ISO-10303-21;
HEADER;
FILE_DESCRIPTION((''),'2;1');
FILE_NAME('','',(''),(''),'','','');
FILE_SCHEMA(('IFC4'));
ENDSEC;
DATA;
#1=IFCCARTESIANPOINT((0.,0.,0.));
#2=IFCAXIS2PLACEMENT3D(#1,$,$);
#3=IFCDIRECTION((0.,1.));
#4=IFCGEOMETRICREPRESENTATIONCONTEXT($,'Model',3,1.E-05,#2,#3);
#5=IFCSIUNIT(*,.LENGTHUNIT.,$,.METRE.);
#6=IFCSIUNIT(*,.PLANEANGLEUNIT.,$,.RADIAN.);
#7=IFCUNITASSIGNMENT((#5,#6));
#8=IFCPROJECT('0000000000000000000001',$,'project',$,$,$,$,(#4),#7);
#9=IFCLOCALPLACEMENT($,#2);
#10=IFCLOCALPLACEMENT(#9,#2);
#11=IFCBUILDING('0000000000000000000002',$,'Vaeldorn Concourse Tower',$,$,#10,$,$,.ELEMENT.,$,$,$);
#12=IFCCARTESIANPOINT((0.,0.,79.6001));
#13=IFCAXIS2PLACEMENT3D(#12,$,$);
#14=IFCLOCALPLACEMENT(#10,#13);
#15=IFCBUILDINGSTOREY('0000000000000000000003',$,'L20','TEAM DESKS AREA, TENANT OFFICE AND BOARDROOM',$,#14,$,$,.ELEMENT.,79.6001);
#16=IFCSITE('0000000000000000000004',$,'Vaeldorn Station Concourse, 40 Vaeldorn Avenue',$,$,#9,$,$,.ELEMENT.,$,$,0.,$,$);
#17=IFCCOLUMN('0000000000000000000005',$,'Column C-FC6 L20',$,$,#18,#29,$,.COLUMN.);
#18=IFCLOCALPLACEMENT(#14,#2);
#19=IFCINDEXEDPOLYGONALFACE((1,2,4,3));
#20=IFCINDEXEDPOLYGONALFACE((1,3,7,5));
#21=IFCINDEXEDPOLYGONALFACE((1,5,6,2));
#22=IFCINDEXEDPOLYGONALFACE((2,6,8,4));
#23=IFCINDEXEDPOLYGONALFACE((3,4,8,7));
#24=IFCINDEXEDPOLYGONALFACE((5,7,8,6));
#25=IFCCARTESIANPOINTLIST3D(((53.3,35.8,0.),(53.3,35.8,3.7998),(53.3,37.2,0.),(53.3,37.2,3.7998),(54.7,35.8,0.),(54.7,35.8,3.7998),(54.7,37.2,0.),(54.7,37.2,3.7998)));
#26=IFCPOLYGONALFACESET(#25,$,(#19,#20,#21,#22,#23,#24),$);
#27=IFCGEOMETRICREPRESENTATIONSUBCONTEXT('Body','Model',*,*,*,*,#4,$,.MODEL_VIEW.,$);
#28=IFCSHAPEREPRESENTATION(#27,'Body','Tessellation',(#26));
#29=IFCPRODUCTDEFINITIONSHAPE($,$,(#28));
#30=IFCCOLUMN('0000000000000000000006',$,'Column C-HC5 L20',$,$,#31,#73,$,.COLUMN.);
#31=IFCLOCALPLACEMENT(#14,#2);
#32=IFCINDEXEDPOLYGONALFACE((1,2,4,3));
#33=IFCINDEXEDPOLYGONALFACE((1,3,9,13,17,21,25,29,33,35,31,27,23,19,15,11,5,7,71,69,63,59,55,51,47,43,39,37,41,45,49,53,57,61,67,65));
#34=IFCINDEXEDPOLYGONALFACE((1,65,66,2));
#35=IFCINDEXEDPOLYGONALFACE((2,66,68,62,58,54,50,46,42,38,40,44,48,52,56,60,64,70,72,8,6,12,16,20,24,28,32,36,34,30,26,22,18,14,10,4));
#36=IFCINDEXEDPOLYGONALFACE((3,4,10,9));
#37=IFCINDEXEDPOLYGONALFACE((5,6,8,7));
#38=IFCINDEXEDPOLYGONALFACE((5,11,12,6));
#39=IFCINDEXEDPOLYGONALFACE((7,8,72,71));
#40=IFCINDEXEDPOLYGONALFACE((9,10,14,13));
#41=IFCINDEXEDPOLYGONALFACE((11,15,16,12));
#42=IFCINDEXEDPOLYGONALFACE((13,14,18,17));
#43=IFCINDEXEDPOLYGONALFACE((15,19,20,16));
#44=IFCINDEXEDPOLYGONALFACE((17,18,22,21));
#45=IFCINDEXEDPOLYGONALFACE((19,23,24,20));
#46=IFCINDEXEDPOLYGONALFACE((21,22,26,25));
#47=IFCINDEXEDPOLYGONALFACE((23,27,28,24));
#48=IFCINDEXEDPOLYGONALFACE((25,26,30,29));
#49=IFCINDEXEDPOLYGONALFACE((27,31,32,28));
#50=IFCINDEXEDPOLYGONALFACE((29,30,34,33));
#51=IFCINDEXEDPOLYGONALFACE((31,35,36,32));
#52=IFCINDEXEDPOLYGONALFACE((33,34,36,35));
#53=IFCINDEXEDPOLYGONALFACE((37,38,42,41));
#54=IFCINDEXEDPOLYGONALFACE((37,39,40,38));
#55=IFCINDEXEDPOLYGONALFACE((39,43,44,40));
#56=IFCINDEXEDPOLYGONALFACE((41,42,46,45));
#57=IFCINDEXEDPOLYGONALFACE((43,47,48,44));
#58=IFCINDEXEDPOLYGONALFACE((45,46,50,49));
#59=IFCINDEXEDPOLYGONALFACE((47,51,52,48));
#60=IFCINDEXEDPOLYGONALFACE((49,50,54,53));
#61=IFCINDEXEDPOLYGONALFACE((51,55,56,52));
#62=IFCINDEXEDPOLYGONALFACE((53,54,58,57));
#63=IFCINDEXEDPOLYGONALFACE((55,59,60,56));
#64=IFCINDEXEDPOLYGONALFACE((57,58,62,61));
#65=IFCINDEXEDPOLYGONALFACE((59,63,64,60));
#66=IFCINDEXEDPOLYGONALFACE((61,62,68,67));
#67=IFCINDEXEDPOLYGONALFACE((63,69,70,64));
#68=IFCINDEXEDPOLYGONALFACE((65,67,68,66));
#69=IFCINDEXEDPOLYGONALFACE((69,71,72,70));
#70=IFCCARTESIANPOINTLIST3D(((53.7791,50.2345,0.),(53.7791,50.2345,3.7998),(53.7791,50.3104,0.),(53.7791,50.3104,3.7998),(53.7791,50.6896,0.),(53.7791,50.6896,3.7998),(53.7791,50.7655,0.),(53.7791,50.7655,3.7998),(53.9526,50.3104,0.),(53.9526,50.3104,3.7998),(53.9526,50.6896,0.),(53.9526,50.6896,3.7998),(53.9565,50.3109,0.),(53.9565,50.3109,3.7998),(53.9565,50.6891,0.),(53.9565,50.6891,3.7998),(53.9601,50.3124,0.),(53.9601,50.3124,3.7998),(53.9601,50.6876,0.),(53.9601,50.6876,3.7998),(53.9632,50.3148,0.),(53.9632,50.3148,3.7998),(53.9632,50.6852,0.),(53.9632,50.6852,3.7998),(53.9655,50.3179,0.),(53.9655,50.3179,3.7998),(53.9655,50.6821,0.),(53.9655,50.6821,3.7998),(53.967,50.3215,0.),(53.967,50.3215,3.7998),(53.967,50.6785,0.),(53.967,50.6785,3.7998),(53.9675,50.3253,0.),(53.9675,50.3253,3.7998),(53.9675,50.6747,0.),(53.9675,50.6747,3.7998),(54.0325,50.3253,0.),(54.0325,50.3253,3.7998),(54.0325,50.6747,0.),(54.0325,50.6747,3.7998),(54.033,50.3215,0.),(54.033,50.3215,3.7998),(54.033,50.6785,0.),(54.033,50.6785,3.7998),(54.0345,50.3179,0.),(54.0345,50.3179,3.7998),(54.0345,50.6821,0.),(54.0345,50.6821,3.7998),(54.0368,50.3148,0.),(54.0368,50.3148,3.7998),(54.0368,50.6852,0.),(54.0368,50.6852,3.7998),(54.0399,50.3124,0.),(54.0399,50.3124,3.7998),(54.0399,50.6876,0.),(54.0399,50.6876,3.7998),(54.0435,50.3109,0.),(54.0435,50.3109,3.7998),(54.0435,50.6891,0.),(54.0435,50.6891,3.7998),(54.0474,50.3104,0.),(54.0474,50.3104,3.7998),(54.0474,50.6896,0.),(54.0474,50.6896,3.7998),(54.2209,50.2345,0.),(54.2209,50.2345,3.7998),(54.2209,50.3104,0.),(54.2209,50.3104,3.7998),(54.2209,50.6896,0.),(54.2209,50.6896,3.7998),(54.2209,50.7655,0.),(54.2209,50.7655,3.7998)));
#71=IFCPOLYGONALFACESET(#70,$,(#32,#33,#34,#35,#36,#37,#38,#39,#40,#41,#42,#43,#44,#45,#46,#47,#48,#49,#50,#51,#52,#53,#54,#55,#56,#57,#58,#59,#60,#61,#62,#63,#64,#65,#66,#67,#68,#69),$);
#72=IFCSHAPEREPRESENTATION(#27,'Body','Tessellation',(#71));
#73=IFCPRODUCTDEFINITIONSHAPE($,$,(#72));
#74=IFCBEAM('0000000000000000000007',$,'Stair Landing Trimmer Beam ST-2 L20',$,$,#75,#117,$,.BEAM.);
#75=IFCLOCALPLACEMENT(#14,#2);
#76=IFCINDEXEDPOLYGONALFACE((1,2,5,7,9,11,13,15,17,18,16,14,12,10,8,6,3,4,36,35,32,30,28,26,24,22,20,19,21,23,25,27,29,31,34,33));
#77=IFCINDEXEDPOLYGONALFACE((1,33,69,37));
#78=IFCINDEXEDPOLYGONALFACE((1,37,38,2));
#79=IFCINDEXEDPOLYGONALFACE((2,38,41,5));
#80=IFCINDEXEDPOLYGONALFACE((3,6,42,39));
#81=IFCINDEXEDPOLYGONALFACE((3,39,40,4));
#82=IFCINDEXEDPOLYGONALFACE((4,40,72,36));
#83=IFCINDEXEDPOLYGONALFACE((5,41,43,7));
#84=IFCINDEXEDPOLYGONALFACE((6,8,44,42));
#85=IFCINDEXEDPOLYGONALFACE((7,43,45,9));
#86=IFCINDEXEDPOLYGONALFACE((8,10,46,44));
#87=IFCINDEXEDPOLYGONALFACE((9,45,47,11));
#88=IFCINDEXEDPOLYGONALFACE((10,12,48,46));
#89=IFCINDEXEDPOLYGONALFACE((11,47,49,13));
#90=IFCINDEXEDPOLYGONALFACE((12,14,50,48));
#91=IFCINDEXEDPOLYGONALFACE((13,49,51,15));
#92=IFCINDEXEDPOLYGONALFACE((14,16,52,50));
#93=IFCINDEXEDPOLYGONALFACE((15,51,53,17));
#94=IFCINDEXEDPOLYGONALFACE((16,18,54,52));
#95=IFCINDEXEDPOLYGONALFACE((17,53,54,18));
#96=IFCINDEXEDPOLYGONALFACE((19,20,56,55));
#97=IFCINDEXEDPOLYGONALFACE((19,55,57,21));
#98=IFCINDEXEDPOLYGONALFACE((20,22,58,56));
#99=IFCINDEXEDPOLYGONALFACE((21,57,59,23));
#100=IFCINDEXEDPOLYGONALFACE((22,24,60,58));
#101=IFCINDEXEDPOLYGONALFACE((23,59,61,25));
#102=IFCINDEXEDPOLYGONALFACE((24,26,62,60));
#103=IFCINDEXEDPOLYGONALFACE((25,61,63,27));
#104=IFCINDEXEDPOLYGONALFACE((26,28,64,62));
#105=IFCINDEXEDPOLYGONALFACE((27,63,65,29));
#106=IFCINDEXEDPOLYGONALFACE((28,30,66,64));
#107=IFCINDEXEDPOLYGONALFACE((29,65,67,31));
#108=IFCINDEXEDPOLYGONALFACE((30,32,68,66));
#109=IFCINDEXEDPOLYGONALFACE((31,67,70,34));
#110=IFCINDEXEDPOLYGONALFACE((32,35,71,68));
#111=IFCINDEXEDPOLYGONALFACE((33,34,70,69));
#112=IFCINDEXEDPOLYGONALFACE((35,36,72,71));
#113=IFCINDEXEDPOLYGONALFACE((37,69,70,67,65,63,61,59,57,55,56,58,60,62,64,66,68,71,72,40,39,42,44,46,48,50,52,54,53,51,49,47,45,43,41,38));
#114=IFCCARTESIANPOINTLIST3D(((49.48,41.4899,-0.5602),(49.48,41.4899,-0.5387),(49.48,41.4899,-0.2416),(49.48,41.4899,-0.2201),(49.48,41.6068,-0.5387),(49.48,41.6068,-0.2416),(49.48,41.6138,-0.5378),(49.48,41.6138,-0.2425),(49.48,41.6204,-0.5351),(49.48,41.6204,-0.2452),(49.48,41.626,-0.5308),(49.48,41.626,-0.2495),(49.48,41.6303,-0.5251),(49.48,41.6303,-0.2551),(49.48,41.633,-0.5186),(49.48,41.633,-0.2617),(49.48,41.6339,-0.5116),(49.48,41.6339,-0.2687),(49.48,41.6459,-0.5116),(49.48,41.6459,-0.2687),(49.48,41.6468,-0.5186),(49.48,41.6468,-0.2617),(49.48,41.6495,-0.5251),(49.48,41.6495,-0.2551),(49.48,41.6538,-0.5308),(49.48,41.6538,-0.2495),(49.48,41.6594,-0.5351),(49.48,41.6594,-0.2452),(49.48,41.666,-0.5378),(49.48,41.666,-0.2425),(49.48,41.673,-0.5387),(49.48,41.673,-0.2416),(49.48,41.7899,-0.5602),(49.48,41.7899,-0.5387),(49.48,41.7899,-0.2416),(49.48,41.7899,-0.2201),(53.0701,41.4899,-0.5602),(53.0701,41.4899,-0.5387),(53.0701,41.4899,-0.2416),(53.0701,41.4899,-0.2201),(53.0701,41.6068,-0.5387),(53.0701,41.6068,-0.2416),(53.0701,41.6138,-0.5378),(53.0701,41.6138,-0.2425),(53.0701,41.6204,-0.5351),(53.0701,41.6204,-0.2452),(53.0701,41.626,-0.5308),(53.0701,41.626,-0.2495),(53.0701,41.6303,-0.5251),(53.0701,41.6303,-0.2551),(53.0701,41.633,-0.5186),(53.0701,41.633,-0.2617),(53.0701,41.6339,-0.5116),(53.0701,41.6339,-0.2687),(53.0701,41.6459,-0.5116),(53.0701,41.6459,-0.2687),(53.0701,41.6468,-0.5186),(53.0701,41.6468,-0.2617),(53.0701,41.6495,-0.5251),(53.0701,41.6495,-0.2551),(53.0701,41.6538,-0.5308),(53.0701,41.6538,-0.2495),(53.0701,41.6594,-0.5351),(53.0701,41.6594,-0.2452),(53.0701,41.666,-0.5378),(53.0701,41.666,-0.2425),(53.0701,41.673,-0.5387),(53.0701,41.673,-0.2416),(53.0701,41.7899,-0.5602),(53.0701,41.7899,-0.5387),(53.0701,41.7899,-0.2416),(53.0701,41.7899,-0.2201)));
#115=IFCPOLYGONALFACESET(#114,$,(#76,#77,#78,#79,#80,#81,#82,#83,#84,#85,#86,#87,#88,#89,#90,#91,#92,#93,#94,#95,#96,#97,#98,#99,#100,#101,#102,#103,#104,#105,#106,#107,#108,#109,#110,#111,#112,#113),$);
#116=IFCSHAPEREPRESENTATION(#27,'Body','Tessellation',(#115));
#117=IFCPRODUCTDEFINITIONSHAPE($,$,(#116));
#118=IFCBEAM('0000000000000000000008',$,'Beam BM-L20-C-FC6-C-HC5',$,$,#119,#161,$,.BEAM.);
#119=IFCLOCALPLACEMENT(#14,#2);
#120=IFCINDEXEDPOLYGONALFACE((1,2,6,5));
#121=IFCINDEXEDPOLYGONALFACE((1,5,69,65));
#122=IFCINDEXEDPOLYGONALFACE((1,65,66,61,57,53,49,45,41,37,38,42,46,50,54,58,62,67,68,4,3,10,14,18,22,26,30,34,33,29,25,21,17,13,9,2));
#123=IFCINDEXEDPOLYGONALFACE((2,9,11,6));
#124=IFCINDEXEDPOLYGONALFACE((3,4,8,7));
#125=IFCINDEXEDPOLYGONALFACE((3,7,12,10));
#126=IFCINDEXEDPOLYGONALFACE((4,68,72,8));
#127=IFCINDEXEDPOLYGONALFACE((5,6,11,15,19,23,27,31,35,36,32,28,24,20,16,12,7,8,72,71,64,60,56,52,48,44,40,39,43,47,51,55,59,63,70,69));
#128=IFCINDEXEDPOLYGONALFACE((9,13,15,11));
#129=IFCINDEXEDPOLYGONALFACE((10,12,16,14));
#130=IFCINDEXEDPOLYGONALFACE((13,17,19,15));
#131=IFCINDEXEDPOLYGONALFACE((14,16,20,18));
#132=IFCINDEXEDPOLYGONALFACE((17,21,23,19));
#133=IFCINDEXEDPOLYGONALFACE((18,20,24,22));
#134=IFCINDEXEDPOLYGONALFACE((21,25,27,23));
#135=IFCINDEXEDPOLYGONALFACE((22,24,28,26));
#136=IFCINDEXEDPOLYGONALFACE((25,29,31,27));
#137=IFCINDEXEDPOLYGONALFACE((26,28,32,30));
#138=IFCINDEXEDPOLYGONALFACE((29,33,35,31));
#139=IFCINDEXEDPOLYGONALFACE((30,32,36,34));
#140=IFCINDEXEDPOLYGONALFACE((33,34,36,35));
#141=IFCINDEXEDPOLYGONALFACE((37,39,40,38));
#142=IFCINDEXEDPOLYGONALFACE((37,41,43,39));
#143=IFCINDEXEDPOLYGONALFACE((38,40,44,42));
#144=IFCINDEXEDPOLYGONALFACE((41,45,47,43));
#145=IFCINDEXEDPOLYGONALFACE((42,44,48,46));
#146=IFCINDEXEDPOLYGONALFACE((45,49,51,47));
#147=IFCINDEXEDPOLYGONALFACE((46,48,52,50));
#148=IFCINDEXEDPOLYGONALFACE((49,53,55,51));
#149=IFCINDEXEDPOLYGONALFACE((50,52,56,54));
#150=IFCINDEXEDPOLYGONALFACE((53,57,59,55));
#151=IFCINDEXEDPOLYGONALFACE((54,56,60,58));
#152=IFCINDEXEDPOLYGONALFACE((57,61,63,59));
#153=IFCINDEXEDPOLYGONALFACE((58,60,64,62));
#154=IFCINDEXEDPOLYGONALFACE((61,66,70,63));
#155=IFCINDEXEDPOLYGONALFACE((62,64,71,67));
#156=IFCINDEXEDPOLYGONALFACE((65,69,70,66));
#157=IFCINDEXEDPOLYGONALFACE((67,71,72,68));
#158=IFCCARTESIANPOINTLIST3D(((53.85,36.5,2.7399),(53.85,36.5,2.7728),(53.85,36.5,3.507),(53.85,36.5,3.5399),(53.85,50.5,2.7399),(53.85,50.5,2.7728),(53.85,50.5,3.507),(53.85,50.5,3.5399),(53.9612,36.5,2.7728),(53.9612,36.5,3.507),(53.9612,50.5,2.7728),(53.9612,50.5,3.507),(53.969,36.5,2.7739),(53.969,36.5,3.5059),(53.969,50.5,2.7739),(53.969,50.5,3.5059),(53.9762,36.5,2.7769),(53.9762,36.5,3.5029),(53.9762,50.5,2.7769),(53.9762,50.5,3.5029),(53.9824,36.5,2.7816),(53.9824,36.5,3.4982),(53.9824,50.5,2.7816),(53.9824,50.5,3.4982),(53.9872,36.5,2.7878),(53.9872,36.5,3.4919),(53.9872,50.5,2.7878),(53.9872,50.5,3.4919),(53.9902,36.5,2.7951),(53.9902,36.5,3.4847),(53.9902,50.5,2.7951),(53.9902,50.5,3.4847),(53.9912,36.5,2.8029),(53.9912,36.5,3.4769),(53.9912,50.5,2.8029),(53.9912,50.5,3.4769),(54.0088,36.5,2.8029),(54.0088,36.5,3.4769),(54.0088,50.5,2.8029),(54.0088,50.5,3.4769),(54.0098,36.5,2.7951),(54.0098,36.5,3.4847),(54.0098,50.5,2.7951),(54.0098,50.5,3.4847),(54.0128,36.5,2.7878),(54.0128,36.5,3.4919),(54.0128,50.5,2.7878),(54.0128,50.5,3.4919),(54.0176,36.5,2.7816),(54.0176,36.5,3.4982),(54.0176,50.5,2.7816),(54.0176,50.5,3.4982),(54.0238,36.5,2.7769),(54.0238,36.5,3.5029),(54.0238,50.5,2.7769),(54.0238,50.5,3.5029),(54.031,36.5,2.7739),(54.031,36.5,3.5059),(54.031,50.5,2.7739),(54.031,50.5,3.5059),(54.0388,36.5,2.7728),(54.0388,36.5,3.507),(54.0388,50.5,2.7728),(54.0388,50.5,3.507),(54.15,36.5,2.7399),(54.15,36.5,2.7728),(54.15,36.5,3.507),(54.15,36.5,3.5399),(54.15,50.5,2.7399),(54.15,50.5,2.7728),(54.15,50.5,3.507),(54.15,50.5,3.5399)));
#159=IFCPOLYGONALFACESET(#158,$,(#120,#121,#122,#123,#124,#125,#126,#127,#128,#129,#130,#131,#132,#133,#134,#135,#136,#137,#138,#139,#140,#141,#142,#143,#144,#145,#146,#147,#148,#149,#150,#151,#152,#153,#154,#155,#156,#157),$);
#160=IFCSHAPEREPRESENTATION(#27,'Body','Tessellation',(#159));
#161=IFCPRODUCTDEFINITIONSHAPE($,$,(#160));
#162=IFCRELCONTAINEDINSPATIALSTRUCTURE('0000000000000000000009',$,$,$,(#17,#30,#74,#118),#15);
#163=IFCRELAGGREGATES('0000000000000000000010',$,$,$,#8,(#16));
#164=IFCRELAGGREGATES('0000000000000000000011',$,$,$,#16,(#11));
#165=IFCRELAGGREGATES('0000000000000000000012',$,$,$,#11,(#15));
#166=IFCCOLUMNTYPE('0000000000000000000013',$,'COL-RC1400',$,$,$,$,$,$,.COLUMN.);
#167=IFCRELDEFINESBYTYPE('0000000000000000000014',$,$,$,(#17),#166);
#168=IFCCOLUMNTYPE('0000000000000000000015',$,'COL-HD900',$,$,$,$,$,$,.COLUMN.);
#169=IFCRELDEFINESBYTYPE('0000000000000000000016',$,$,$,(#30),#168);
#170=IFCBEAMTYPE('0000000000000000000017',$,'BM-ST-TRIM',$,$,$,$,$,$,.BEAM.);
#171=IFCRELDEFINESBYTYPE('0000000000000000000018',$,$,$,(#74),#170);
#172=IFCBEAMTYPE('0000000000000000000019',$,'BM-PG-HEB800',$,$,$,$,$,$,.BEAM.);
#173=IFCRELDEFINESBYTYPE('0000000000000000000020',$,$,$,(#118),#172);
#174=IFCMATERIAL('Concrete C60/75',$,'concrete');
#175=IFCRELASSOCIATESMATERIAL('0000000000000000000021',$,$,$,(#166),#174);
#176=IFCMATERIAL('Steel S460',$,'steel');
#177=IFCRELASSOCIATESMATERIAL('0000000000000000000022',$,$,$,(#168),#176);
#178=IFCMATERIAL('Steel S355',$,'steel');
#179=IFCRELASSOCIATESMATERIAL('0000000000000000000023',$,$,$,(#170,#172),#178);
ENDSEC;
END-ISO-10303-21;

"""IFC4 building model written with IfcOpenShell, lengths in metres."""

from ifc_helpers import new_model, si_unit, direction, frame, origin, origin_2d, place, context, subcontext, project, spatial, rectangle, i_section, extrude, source, transform, mapped, material, material_profile, profile_set, type_object, element, save


model = new_model("IFC4")

# Units and contexts
model_context = context("Model", 3, precision=1e-05, world=origin(), true_north=direction((0.0, 1.0)))
body_context = subcontext(model_context, "Body", "Model", "MODEL_VIEW")
ifc_project = project(units=[si_unit("LENGTHUNIT", "METRE"), si_unit("PLANEANGLEUNIT", "RADIAN")], contexts=[model_context])

# Site, building, storey
site_placement = place(None, origin())
site = spatial("IfcSite", under=ifc_project, at=site_placement, Name="Vaeldorn Station Concourse, 40 Vaeldorn Avenue", CompositionType="ELEMENT", RefElevation=0.0)
building_placement = place(site_placement, origin())
building = spatial("IfcBuilding", under=site, at=building_placement, Name="Vaeldorn Concourse Tower", CompositionType="ELEMENT")
storey_placement = place(building_placement, frame((0.0, 0.0, 79.6001)))
storey = spatial("IfcBuildingStorey", under=building, at=storey_placement, Name="L20", Description="TEAM DESKS AREA, TENANT OFFICE AND BOARDROOM", CompositionType="ELEMENT", Elevation=79.6001)

# Columns
ifc_material_1 = material(Name="Concrete C60/75", Category="concrete")
ifc_material_profile_1 = material_profile(ifc_material_1, rectangle(XDim=1.3999, YDim=1.3999, at=origin_2d()), Name="RC 1400x1400")
ifc_profile_set_1 = profile_set([ifc_material_profile_1], Name="Concrete C60/75")
column_type_1 = type_object("IfcColumnType", Name="COL-RC1400", PredefinedType="COLUMN", material=ifc_profile_set_1)
shared_shape_1 = source(origin(), body_context, "Body", "SweptSolid", [
    extrude(rectangle(XDim=1.3999, YDim=1.3999, at=origin_2d()), origin(), (0.0, 0.0, 1.0), 3.7998),
])
column_1_placement = place(storey_placement, frame((54.0, 36.5, 0.0), z_axis=(0.0, 0.0, 1.0), x_axis=(1.0, 0.0, 0.0)))
element("IfcColumn", 1, at=column_1_placement, inside=storey, type_object=column_type_1, Name="Column C-FC6 L20", PredefinedType="COLUMN", context=body_context, shape_type="MappedRepresentation", body=[
    mapped(shared_shape_1, transform((0.0, 0.0, 0.0), scale=1.0)),
])
ifc_material_2 = material(Name="Steel S460", Category="steel")
ifc_material_profile_2 = material_profile(ifc_material_2, i_section(OverallWidth=0.4419, OverallDepth=0.531, WebThickness=0.0649, FlangeThickness=0.0759, FilletRadius=0.0149, at=origin_2d()), Name="HD 400x900")
ifc_profile_set_2 = profile_set([ifc_material_profile_2], Name="Steel S460")
column_type_2 = type_object("IfcColumnType", Name="COL-HD900", PredefinedType="COLUMN", material=ifc_profile_set_2)
shared_shape_2 = source(origin(), body_context, "Body", "SweptSolid", [
    extrude(i_section(OverallWidth=0.4419, OverallDepth=0.531, WebThickness=0.0649, FlangeThickness=0.0759, FilletRadius=0.0149, at=origin_2d()), origin(), (0.0, 0.0, 1.0), 3.7998),
])
column_2_placement = place(storey_placement, frame((54.0, 50.5, 0.0), z_axis=(0.0, 0.0, 1.0), x_axis=(1.0, 0.0, 0.0)))
element("IfcColumn", 2, at=column_2_placement, inside=storey, type_object=column_type_2, Name="Column C-HC5 L20", PredefinedType="COLUMN", context=body_context, shape_type="MappedRepresentation", body=[
    mapped(shared_shape_2, transform((0.0, 0.0, 0.0), scale=1.0)),
])

# Beams
ifc_material_3 = material(Name="Steel S355", Category="steel")
ifc_material_profile_3 = material_profile(ifc_material_3, i_section(OverallWidth=0.3, OverallDepth=0.3401, WebThickness=0.012, FlangeThickness=0.0215, FilletRadius=0.0271, at=origin_2d()), Name="HEB 340")
ifc_profile_set_3 = profile_set([ifc_material_profile_3], Name="Steel S355")
beam_type_1 = type_object("IfcBeamType", Name="BM-ST-TRIM", PredefinedType="BEAM", material=ifc_profile_set_3)
shared_shape_3 = source(origin(), body_context, "Body", "SweptSolid", [
    extrude(i_section(OverallWidth=0.3, OverallDepth=0.3401, WebThickness=0.012, FlangeThickness=0.0215, FilletRadius=0.0271, at=origin_2d()), origin(), (0.0, 0.0, 1.0), 3.5901),
])
beam_1_placement = place(storey_placement, frame((49.48, 41.6399, -0.3901), z_axis=(1.0, 0.0, 0.0), x_axis=(0.0, 1.0, 0.0)))
element("IfcBeam", 3, at=beam_1_placement, inside=storey, type_object=beam_type_1, Name="Stair Landing Trimmer Beam ST-2 L20", PredefinedType="BEAM", context=body_context, shape_type="MappedRepresentation", body=[
    mapped(shared_shape_3, transform((0.0, 0.0, 0.0), scale=1.0)),
])
ifc_material_profile_4 = material_profile(ifc_material_3, i_section(OverallWidth=0.3, OverallDepth=0.8, WebThickness=0.0176, FlangeThickness=0.033, FilletRadius=0.03, at=origin_2d()), Name="HEB 800")
ifc_profile_set_4 = profile_set([ifc_material_profile_4], Name="Steel S355")
beam_type_2 = type_object("IfcBeamType", Name="BM-PG-HEB800", PredefinedType="BEAM", material=ifc_profile_set_4)
shared_shape_4 = source(origin(), body_context, "Body", "SweptSolid", [
    extrude(i_section(OverallWidth=0.3, OverallDepth=0.8, WebThickness=0.0176, FlangeThickness=0.033, FilletRadius=0.03, at=origin_2d()), origin(), (0.0, 0.0, 1.0), 14.0),
])
beam_2_placement = place(storey_placement, frame((54.0, 36.5, 3.1399), z_axis=(0.0, 1.0, 0.0), x_axis=(-1.0, 0.0, 0.0)))
element("IfcBeam", 4, at=beam_2_placement, inside=storey, type_object=beam_type_2, Name="Beam BM-L20-C-FC6-C-HC5", PredefinedType="BEAM", context=body_context, shape_type="MappedRepresentation", body=[
    mapped(shared_shape_4, transform((0.0, 0.0, 0.0), scale=1.0)),
])

save(model, "model.ifc")
